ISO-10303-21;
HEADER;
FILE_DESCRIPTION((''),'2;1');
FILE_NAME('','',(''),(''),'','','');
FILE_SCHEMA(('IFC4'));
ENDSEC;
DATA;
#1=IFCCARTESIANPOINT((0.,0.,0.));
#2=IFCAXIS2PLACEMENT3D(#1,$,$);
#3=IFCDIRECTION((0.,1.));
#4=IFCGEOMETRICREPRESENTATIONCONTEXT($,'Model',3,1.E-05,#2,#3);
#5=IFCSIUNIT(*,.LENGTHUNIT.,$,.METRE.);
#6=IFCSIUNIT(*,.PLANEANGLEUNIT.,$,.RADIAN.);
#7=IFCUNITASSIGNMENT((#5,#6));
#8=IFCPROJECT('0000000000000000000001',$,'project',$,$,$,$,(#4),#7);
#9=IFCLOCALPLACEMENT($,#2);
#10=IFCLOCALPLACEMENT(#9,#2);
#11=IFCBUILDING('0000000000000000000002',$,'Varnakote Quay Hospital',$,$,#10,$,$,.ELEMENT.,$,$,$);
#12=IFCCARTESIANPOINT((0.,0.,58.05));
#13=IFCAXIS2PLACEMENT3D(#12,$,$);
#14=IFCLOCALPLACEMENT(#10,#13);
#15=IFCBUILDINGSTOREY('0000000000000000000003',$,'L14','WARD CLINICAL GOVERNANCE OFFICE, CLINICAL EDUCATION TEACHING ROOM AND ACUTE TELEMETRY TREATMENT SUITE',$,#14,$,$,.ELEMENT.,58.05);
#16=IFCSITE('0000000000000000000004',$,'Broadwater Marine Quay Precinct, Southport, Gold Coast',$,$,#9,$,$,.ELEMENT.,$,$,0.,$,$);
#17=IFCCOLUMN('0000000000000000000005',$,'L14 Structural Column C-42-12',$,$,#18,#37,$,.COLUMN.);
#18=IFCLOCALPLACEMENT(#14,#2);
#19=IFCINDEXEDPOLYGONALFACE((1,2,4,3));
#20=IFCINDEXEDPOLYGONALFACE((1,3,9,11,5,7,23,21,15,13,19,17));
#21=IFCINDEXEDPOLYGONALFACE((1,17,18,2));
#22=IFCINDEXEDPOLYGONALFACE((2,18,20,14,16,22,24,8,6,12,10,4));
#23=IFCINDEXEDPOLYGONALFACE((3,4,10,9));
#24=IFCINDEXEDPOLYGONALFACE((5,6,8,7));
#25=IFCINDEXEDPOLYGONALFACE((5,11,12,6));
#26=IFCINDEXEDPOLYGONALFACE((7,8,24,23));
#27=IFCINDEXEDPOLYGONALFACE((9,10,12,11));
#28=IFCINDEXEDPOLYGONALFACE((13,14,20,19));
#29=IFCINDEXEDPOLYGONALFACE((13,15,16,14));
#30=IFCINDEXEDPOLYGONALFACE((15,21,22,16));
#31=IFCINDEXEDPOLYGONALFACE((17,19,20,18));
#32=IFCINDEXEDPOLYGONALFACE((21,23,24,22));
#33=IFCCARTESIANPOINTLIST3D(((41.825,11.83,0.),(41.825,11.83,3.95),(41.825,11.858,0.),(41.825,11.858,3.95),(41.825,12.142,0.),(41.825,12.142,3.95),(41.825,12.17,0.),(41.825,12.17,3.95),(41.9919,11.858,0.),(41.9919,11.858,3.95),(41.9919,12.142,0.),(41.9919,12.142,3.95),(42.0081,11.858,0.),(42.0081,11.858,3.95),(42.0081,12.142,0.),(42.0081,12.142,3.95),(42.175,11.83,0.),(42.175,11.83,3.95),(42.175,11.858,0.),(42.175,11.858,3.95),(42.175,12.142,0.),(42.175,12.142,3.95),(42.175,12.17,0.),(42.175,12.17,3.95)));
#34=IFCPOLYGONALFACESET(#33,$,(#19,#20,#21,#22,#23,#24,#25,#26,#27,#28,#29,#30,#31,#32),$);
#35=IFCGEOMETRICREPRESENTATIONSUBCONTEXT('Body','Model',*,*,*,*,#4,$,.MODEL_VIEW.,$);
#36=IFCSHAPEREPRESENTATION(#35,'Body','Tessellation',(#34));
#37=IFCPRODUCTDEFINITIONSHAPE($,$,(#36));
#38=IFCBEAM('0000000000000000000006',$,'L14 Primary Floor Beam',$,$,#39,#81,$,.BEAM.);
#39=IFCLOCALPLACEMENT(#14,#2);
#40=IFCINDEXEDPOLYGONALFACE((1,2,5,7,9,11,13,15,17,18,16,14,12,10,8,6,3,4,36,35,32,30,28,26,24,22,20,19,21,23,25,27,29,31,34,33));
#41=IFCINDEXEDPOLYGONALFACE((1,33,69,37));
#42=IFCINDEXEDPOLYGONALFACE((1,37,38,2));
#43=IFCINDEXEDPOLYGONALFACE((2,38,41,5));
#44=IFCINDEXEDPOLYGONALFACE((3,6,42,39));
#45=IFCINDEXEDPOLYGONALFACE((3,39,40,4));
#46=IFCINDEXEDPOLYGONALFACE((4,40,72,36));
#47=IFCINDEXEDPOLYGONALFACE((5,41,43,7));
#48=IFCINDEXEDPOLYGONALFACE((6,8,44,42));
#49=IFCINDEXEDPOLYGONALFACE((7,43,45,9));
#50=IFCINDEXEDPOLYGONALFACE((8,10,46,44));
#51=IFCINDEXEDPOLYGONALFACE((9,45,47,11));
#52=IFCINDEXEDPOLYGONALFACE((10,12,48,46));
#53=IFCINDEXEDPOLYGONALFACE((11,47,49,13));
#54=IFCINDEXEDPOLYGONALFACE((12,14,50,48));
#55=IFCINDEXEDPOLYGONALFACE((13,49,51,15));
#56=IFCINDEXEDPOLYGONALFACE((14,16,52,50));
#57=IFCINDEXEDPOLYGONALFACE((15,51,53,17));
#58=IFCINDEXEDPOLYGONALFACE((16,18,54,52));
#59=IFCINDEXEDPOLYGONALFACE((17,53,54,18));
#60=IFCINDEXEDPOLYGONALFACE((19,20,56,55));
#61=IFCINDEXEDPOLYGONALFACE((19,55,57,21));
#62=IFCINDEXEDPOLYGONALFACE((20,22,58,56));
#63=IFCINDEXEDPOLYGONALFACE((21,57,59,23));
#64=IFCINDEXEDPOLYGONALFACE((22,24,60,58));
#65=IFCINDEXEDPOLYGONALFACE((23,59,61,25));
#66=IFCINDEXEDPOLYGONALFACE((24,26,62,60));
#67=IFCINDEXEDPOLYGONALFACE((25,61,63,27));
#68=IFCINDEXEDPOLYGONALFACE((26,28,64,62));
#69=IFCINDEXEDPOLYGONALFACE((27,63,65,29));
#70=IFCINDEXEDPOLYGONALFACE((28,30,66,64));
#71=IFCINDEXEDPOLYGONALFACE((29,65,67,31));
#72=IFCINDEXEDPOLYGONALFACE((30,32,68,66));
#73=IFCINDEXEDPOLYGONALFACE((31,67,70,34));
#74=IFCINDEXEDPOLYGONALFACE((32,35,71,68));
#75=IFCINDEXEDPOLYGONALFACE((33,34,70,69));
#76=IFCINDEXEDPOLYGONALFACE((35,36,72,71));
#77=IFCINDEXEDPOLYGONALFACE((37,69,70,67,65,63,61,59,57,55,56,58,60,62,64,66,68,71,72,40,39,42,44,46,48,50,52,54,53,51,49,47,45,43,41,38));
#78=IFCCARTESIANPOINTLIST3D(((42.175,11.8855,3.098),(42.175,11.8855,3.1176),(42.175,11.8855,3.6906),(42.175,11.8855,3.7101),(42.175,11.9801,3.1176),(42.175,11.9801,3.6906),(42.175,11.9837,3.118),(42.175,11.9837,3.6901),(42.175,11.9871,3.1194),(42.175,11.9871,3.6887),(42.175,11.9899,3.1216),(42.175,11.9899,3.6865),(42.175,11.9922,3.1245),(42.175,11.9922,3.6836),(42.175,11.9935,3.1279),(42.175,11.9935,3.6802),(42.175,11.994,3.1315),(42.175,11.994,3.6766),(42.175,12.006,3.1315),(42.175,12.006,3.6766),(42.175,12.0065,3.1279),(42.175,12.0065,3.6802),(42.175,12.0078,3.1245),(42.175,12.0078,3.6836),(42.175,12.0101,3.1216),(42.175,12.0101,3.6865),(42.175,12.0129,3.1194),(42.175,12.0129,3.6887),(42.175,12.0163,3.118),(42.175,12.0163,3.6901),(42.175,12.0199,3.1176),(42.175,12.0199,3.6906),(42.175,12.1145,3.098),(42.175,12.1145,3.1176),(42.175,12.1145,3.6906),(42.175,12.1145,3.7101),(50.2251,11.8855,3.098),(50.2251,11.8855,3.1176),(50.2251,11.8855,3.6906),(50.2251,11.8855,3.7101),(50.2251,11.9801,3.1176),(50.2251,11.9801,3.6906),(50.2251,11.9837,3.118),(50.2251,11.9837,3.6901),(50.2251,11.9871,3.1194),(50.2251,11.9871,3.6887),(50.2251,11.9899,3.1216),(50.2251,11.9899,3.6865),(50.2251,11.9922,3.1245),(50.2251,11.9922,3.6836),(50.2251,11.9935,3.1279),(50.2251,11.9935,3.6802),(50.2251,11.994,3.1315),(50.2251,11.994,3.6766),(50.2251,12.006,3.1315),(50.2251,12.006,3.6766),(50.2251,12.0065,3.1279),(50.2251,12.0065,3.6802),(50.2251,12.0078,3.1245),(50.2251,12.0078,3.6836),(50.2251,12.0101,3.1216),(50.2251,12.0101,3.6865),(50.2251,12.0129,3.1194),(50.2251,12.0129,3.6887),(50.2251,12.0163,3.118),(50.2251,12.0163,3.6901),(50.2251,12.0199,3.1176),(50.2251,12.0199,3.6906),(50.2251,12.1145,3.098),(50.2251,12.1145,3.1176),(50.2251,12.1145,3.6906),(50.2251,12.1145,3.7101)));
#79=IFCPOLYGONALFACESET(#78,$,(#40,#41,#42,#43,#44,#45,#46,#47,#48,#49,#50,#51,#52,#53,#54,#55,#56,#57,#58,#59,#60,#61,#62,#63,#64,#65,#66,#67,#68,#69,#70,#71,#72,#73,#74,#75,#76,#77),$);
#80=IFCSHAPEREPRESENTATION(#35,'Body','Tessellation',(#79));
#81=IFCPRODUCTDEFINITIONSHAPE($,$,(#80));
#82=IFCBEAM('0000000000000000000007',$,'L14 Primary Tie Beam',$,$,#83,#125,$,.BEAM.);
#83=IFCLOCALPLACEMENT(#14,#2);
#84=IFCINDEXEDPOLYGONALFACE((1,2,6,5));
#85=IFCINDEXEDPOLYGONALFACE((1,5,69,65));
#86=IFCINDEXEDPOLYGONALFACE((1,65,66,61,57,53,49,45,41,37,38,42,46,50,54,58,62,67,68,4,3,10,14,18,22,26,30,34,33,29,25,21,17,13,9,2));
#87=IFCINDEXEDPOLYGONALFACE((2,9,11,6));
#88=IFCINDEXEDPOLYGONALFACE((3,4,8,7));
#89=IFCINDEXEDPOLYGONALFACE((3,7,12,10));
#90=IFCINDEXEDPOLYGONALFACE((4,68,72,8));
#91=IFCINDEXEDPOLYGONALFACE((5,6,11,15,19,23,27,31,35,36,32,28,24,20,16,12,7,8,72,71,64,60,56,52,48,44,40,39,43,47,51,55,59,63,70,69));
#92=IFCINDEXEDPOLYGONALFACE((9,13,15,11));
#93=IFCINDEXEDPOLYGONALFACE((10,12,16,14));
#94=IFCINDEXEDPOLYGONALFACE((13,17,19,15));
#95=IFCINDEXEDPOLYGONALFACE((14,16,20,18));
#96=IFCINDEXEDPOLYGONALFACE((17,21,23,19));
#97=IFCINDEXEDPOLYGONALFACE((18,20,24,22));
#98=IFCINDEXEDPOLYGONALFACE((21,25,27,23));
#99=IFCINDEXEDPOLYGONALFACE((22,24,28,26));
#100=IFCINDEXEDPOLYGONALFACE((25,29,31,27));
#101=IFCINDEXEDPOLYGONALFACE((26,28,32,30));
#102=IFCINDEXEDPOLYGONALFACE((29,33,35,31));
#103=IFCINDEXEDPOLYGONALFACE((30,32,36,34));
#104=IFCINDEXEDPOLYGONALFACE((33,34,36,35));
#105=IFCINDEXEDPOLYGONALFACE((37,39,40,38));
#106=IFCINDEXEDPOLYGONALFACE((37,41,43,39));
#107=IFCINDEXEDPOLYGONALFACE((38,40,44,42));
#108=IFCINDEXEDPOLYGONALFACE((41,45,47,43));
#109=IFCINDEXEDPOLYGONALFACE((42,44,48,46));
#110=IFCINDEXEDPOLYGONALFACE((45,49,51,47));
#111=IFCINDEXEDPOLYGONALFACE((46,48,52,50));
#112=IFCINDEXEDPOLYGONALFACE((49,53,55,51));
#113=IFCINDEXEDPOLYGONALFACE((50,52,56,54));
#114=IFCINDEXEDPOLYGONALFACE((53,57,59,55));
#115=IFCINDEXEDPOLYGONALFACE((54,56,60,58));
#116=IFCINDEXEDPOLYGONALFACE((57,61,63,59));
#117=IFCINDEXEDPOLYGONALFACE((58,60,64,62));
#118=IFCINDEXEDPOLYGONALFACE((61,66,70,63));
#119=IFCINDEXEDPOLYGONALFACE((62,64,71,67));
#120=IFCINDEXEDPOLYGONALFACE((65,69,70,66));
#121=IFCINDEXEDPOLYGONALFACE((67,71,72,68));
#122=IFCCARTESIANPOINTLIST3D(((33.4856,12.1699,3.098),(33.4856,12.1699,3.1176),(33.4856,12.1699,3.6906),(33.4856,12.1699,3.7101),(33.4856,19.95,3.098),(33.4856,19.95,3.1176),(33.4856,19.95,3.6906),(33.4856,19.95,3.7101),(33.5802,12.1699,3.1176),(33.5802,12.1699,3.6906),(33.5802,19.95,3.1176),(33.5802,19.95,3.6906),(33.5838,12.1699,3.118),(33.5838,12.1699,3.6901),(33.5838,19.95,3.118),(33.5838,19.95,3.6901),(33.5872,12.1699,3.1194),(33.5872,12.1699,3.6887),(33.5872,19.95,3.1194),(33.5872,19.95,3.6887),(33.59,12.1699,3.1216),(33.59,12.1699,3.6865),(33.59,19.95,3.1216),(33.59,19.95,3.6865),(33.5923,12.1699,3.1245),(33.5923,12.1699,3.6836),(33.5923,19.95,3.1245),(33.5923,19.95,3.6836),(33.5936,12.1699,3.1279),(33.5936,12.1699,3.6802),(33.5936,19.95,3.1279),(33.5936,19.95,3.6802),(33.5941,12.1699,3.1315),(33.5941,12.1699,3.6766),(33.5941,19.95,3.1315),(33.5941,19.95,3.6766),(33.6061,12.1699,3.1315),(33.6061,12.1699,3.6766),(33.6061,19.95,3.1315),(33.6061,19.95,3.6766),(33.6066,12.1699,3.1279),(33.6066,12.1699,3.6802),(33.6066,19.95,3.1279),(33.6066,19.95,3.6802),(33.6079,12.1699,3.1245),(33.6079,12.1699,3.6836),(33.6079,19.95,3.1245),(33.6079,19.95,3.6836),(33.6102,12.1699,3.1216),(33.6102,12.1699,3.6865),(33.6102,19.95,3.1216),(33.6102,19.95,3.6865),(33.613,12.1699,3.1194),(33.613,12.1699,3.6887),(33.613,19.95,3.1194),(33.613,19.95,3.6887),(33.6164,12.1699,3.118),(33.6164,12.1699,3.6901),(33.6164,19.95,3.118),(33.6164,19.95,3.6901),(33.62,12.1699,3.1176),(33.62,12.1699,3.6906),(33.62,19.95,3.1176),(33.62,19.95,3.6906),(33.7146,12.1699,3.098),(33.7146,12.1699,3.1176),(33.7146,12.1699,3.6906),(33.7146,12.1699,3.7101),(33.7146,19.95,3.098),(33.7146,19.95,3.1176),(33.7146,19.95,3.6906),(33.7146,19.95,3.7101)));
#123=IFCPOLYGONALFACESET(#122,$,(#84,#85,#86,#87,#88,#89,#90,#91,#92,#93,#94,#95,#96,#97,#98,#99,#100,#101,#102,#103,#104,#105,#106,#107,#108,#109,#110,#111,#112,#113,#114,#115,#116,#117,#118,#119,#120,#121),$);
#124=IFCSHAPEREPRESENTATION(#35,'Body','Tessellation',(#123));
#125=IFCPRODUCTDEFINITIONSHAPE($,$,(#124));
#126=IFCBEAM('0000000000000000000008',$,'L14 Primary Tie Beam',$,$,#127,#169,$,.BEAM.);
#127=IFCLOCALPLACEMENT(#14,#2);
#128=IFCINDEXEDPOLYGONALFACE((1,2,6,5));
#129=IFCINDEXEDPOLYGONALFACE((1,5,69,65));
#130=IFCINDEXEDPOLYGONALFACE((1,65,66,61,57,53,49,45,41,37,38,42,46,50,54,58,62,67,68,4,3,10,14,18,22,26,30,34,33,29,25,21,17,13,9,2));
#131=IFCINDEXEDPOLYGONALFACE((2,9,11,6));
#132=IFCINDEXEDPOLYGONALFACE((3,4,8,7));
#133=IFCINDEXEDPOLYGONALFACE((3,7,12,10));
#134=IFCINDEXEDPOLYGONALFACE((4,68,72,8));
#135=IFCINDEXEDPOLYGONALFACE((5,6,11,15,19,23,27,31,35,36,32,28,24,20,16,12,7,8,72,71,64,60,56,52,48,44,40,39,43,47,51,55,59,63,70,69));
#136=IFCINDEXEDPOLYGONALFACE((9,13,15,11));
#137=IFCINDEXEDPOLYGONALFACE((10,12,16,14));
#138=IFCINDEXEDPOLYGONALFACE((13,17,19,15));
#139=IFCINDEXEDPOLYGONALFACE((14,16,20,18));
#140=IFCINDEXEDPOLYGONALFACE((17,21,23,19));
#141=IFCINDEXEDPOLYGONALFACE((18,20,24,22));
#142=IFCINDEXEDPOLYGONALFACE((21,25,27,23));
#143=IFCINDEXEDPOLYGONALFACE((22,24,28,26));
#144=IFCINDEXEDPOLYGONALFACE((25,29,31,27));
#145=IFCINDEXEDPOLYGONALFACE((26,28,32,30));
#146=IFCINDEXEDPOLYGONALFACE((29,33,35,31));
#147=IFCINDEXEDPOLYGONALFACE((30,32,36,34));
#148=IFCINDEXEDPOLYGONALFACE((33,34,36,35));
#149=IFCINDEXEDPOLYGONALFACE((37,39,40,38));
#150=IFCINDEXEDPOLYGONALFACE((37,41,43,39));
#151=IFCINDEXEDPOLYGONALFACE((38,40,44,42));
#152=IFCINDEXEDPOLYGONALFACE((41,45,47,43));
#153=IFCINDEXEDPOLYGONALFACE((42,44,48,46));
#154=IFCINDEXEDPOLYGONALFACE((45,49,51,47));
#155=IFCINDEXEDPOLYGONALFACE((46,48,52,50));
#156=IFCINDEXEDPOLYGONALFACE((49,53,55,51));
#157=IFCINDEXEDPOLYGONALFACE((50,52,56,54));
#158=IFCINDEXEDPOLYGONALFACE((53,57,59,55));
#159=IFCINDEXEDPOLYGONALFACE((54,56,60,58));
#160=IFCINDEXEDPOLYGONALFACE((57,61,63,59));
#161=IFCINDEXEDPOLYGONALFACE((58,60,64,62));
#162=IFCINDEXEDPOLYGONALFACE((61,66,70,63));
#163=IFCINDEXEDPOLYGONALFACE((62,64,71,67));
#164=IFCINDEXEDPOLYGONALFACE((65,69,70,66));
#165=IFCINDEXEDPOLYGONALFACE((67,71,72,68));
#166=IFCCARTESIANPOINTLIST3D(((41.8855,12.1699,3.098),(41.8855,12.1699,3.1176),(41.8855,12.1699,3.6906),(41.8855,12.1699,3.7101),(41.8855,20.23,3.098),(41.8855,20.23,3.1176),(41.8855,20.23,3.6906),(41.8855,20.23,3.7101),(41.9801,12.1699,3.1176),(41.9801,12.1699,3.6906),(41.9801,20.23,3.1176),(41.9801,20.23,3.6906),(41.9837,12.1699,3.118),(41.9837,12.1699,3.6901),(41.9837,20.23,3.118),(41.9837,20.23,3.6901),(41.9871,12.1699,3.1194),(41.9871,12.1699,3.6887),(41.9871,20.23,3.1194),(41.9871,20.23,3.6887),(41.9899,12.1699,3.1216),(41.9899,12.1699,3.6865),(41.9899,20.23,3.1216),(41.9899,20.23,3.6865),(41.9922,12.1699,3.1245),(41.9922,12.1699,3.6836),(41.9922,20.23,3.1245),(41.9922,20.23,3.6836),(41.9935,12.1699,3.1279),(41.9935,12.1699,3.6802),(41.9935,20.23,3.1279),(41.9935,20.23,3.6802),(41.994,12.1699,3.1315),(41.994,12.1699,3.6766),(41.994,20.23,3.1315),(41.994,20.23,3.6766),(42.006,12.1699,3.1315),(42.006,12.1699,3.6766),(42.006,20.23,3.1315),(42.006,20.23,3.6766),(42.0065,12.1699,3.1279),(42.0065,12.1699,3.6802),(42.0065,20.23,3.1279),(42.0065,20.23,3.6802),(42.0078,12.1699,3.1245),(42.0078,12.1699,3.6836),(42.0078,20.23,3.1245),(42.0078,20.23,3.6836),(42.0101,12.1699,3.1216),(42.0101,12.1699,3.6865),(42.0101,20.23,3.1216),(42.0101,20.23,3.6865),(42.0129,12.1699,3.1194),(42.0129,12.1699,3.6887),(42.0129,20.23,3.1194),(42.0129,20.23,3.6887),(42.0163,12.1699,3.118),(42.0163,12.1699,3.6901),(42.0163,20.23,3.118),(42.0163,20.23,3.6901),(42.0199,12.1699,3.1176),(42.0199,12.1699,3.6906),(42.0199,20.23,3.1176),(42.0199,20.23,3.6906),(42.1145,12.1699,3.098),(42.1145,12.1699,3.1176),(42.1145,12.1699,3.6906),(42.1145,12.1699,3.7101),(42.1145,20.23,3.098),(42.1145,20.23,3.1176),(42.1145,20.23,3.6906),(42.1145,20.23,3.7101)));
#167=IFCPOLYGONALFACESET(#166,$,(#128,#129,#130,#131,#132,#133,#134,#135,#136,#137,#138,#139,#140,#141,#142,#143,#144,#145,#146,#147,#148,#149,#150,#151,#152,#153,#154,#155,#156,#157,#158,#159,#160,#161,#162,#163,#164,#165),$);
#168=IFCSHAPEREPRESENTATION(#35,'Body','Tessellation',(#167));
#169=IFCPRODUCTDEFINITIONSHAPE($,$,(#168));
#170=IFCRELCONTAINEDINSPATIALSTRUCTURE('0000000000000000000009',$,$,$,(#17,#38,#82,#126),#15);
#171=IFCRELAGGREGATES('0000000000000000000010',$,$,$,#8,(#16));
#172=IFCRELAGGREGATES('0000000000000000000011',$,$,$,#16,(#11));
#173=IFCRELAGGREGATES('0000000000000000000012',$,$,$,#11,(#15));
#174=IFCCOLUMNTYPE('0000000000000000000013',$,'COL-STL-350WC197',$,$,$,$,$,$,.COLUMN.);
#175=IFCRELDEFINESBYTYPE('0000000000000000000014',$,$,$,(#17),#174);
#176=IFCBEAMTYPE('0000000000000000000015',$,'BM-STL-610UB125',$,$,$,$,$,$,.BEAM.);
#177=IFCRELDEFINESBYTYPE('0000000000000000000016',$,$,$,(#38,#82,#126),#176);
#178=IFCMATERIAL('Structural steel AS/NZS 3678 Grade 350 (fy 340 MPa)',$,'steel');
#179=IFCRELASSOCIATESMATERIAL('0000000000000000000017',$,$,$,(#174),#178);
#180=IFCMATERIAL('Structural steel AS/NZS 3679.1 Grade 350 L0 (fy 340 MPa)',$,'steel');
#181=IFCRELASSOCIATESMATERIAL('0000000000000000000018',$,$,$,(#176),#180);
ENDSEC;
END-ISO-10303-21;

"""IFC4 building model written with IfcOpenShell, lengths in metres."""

from ifc_helpers import new_model, si_unit, direction, frame, origin, origin_2d, place, context, subcontext, project, spatial, i_section, extrude, material, material_profile, profile_set, type_object, element, save


model = new_model("IFC4")

# Units and contexts
model_context = context("Model", 3, precision=1e-05, world=origin(), true_north=direction((0.0, 1.0)))
body_context = subcontext(model_context, "Body", "Model", "MODEL_VIEW")
ifc_project = project(units=[si_unit("LENGTHUNIT", "METRE"), si_unit("PLANEANGLEUNIT", "RADIAN")], contexts=[model_context])

# Site, building, storey
site_placement = place(None, origin())
site = spatial("IfcSite", under=ifc_project, at=site_placement, Name="Broadwater Marine Quay Precinct, Southport, Gold Coast", CompositionType="ELEMENT", RefElevation=0.0)
building_placement = place(site_placement, origin())
building = spatial("IfcBuilding", under=site, at=building_placement, Name="Varnakote Quay Hospital", CompositionType="ELEMENT")
storey_placement = place(building_placement, frame((0.0, 0.0, 58.05)))
storey = spatial("IfcBuildingStorey", under=building, at=storey_placement, Name="L14", Description="WARD CLINICAL GOVERNANCE OFFICE, CLINICAL EDUCATION TEACHING ROOM AND ACUTE TELEMETRY TREATMENT SUITE", CompositionType="ELEMENT", Elevation=58.05)

# Column
ifc_material_1 = material(Name="Structural steel AS/NZS 3678 Grade 350 (fy 340 MPa)", Category="steel")
ifc_material_profile_1 = material_profile(ifc_material_1, i_section(OverallWidth=0.3501, OverallDepth=0.3401, WebThickness=0.0161, FlangeThickness=0.0281, at=origin_2d()), Name="350WC197")
ifc_profile_set_1 = profile_set([ifc_material_profile_1], Name="Structural steel AS/NZS 3678 Grade 350 (fy 340 MPa)")
column_type = type_object("IfcColumnType", Name="COL-STL-350WC197", PredefinedType="COLUMN", material=ifc_profile_set_1)
column_placement = place(storey_placement, frame((42.0, 12.0, 0.0), z_axis=(0.0, 0.0, 1.0), x_axis=(1.0, 0.0, 0.0)))
element("IfcColumn", 1, at=column_placement, inside=storey, type_object=column_type, Name="L14 Structural Column C-42-12", PredefinedType="COLUMN", context=body_context, shape_type="SweptSolid", body=[
    extrude(i_section(OverallWidth=0.3501, OverallDepth=0.3401, WebThickness=0.0161, FlangeThickness=0.0281, at=origin_2d()), origin(), (0.0, 0.0, 1.0), 3.95),
])

# Beams
ifc_material_2 = material(Name="Structural steel AS/NZS 3679.1 Grade 350 L0 (fy 340 MPa)", Category="steel")
ifc_material_profile_2 = material_profile(ifc_material_2, i_section(OverallWidth=0.229, OverallDepth=0.6121, WebThickness=0.012, FlangeThickness=0.0195, FilletRadius=0.0139, at=origin_2d()), Name="610UB125")
ifc_profile_set_2 = profile_set([ifc_material_profile_2], Name="Structural steel AS/NZS 3679.1 Grade 350 L0 (fy 340 MPa)")
beam_type_1 = type_object("IfcBeamType", Name="BM-STL-610UB125", PredefinedType="BEAM", material=ifc_profile_set_2)
beam_1_placement = place(storey_placement, frame((42.175, 12.0, 3.4041), z_axis=(1.0, 0.0, 0.0), x_axis=(0.0, 1.0, 0.0)))
element("IfcBeam", 2, at=beam_1_placement, inside=storey, type_object=beam_type_1, Name="L14 Primary Floor Beam", PredefinedType="BEAM", context=body_context, shape_type="SweptSolid", body=[
    extrude(i_section(OverallWidth=0.229, OverallDepth=0.6121, WebThickness=0.012, FlangeThickness=0.0195, FilletRadius=0.0139, at=origin_2d()), origin(), (0.0, 0.0, 1.0), 8.05),
])
beam_2_placement = place(storey_placement, frame((33.6001, 12.1699, 3.4041), z_axis=(0.0, 1.0, 0.0), x_axis=(-1.0, 0.0, 0.0)))
element("IfcBeam", 3, at=beam_2_placement, inside=storey, type_object=beam_type_1, Name="L14 Primary Tie Beam", PredefinedType="BEAM", context=body_context, shape_type="SweptSolid", body=[
    extrude(i_section(OverallWidth=0.229, OverallDepth=0.6121, WebThickness=0.012, FlangeThickness=0.0195, FilletRadius=0.0139, at=origin_2d()), origin(), (0.0, 0.0, 1.0), 7.78),
])
beam_3_placement = place(storey_placement, frame((42.0, 12.1699, 3.4041), z_axis=(0.0, 1.0, 0.0), x_axis=(-1.0, 0.0, 0.0)))
element("IfcBeam", 4, at=beam_3_placement, inside=storey, type_object=beam_type_1, Name="L14 Primary Tie Beam", PredefinedType="BEAM", context=body_context, shape_type="SweptSolid", body=[
    extrude(i_section(OverallWidth=0.229, OverallDepth=0.6121, WebThickness=0.012, FlangeThickness=0.0195, FilletRadius=0.0139, at=origin_2d()), origin(), (0.0, 0.0, 1.0), 8.0601),
])

save(model, "model.ifc")
